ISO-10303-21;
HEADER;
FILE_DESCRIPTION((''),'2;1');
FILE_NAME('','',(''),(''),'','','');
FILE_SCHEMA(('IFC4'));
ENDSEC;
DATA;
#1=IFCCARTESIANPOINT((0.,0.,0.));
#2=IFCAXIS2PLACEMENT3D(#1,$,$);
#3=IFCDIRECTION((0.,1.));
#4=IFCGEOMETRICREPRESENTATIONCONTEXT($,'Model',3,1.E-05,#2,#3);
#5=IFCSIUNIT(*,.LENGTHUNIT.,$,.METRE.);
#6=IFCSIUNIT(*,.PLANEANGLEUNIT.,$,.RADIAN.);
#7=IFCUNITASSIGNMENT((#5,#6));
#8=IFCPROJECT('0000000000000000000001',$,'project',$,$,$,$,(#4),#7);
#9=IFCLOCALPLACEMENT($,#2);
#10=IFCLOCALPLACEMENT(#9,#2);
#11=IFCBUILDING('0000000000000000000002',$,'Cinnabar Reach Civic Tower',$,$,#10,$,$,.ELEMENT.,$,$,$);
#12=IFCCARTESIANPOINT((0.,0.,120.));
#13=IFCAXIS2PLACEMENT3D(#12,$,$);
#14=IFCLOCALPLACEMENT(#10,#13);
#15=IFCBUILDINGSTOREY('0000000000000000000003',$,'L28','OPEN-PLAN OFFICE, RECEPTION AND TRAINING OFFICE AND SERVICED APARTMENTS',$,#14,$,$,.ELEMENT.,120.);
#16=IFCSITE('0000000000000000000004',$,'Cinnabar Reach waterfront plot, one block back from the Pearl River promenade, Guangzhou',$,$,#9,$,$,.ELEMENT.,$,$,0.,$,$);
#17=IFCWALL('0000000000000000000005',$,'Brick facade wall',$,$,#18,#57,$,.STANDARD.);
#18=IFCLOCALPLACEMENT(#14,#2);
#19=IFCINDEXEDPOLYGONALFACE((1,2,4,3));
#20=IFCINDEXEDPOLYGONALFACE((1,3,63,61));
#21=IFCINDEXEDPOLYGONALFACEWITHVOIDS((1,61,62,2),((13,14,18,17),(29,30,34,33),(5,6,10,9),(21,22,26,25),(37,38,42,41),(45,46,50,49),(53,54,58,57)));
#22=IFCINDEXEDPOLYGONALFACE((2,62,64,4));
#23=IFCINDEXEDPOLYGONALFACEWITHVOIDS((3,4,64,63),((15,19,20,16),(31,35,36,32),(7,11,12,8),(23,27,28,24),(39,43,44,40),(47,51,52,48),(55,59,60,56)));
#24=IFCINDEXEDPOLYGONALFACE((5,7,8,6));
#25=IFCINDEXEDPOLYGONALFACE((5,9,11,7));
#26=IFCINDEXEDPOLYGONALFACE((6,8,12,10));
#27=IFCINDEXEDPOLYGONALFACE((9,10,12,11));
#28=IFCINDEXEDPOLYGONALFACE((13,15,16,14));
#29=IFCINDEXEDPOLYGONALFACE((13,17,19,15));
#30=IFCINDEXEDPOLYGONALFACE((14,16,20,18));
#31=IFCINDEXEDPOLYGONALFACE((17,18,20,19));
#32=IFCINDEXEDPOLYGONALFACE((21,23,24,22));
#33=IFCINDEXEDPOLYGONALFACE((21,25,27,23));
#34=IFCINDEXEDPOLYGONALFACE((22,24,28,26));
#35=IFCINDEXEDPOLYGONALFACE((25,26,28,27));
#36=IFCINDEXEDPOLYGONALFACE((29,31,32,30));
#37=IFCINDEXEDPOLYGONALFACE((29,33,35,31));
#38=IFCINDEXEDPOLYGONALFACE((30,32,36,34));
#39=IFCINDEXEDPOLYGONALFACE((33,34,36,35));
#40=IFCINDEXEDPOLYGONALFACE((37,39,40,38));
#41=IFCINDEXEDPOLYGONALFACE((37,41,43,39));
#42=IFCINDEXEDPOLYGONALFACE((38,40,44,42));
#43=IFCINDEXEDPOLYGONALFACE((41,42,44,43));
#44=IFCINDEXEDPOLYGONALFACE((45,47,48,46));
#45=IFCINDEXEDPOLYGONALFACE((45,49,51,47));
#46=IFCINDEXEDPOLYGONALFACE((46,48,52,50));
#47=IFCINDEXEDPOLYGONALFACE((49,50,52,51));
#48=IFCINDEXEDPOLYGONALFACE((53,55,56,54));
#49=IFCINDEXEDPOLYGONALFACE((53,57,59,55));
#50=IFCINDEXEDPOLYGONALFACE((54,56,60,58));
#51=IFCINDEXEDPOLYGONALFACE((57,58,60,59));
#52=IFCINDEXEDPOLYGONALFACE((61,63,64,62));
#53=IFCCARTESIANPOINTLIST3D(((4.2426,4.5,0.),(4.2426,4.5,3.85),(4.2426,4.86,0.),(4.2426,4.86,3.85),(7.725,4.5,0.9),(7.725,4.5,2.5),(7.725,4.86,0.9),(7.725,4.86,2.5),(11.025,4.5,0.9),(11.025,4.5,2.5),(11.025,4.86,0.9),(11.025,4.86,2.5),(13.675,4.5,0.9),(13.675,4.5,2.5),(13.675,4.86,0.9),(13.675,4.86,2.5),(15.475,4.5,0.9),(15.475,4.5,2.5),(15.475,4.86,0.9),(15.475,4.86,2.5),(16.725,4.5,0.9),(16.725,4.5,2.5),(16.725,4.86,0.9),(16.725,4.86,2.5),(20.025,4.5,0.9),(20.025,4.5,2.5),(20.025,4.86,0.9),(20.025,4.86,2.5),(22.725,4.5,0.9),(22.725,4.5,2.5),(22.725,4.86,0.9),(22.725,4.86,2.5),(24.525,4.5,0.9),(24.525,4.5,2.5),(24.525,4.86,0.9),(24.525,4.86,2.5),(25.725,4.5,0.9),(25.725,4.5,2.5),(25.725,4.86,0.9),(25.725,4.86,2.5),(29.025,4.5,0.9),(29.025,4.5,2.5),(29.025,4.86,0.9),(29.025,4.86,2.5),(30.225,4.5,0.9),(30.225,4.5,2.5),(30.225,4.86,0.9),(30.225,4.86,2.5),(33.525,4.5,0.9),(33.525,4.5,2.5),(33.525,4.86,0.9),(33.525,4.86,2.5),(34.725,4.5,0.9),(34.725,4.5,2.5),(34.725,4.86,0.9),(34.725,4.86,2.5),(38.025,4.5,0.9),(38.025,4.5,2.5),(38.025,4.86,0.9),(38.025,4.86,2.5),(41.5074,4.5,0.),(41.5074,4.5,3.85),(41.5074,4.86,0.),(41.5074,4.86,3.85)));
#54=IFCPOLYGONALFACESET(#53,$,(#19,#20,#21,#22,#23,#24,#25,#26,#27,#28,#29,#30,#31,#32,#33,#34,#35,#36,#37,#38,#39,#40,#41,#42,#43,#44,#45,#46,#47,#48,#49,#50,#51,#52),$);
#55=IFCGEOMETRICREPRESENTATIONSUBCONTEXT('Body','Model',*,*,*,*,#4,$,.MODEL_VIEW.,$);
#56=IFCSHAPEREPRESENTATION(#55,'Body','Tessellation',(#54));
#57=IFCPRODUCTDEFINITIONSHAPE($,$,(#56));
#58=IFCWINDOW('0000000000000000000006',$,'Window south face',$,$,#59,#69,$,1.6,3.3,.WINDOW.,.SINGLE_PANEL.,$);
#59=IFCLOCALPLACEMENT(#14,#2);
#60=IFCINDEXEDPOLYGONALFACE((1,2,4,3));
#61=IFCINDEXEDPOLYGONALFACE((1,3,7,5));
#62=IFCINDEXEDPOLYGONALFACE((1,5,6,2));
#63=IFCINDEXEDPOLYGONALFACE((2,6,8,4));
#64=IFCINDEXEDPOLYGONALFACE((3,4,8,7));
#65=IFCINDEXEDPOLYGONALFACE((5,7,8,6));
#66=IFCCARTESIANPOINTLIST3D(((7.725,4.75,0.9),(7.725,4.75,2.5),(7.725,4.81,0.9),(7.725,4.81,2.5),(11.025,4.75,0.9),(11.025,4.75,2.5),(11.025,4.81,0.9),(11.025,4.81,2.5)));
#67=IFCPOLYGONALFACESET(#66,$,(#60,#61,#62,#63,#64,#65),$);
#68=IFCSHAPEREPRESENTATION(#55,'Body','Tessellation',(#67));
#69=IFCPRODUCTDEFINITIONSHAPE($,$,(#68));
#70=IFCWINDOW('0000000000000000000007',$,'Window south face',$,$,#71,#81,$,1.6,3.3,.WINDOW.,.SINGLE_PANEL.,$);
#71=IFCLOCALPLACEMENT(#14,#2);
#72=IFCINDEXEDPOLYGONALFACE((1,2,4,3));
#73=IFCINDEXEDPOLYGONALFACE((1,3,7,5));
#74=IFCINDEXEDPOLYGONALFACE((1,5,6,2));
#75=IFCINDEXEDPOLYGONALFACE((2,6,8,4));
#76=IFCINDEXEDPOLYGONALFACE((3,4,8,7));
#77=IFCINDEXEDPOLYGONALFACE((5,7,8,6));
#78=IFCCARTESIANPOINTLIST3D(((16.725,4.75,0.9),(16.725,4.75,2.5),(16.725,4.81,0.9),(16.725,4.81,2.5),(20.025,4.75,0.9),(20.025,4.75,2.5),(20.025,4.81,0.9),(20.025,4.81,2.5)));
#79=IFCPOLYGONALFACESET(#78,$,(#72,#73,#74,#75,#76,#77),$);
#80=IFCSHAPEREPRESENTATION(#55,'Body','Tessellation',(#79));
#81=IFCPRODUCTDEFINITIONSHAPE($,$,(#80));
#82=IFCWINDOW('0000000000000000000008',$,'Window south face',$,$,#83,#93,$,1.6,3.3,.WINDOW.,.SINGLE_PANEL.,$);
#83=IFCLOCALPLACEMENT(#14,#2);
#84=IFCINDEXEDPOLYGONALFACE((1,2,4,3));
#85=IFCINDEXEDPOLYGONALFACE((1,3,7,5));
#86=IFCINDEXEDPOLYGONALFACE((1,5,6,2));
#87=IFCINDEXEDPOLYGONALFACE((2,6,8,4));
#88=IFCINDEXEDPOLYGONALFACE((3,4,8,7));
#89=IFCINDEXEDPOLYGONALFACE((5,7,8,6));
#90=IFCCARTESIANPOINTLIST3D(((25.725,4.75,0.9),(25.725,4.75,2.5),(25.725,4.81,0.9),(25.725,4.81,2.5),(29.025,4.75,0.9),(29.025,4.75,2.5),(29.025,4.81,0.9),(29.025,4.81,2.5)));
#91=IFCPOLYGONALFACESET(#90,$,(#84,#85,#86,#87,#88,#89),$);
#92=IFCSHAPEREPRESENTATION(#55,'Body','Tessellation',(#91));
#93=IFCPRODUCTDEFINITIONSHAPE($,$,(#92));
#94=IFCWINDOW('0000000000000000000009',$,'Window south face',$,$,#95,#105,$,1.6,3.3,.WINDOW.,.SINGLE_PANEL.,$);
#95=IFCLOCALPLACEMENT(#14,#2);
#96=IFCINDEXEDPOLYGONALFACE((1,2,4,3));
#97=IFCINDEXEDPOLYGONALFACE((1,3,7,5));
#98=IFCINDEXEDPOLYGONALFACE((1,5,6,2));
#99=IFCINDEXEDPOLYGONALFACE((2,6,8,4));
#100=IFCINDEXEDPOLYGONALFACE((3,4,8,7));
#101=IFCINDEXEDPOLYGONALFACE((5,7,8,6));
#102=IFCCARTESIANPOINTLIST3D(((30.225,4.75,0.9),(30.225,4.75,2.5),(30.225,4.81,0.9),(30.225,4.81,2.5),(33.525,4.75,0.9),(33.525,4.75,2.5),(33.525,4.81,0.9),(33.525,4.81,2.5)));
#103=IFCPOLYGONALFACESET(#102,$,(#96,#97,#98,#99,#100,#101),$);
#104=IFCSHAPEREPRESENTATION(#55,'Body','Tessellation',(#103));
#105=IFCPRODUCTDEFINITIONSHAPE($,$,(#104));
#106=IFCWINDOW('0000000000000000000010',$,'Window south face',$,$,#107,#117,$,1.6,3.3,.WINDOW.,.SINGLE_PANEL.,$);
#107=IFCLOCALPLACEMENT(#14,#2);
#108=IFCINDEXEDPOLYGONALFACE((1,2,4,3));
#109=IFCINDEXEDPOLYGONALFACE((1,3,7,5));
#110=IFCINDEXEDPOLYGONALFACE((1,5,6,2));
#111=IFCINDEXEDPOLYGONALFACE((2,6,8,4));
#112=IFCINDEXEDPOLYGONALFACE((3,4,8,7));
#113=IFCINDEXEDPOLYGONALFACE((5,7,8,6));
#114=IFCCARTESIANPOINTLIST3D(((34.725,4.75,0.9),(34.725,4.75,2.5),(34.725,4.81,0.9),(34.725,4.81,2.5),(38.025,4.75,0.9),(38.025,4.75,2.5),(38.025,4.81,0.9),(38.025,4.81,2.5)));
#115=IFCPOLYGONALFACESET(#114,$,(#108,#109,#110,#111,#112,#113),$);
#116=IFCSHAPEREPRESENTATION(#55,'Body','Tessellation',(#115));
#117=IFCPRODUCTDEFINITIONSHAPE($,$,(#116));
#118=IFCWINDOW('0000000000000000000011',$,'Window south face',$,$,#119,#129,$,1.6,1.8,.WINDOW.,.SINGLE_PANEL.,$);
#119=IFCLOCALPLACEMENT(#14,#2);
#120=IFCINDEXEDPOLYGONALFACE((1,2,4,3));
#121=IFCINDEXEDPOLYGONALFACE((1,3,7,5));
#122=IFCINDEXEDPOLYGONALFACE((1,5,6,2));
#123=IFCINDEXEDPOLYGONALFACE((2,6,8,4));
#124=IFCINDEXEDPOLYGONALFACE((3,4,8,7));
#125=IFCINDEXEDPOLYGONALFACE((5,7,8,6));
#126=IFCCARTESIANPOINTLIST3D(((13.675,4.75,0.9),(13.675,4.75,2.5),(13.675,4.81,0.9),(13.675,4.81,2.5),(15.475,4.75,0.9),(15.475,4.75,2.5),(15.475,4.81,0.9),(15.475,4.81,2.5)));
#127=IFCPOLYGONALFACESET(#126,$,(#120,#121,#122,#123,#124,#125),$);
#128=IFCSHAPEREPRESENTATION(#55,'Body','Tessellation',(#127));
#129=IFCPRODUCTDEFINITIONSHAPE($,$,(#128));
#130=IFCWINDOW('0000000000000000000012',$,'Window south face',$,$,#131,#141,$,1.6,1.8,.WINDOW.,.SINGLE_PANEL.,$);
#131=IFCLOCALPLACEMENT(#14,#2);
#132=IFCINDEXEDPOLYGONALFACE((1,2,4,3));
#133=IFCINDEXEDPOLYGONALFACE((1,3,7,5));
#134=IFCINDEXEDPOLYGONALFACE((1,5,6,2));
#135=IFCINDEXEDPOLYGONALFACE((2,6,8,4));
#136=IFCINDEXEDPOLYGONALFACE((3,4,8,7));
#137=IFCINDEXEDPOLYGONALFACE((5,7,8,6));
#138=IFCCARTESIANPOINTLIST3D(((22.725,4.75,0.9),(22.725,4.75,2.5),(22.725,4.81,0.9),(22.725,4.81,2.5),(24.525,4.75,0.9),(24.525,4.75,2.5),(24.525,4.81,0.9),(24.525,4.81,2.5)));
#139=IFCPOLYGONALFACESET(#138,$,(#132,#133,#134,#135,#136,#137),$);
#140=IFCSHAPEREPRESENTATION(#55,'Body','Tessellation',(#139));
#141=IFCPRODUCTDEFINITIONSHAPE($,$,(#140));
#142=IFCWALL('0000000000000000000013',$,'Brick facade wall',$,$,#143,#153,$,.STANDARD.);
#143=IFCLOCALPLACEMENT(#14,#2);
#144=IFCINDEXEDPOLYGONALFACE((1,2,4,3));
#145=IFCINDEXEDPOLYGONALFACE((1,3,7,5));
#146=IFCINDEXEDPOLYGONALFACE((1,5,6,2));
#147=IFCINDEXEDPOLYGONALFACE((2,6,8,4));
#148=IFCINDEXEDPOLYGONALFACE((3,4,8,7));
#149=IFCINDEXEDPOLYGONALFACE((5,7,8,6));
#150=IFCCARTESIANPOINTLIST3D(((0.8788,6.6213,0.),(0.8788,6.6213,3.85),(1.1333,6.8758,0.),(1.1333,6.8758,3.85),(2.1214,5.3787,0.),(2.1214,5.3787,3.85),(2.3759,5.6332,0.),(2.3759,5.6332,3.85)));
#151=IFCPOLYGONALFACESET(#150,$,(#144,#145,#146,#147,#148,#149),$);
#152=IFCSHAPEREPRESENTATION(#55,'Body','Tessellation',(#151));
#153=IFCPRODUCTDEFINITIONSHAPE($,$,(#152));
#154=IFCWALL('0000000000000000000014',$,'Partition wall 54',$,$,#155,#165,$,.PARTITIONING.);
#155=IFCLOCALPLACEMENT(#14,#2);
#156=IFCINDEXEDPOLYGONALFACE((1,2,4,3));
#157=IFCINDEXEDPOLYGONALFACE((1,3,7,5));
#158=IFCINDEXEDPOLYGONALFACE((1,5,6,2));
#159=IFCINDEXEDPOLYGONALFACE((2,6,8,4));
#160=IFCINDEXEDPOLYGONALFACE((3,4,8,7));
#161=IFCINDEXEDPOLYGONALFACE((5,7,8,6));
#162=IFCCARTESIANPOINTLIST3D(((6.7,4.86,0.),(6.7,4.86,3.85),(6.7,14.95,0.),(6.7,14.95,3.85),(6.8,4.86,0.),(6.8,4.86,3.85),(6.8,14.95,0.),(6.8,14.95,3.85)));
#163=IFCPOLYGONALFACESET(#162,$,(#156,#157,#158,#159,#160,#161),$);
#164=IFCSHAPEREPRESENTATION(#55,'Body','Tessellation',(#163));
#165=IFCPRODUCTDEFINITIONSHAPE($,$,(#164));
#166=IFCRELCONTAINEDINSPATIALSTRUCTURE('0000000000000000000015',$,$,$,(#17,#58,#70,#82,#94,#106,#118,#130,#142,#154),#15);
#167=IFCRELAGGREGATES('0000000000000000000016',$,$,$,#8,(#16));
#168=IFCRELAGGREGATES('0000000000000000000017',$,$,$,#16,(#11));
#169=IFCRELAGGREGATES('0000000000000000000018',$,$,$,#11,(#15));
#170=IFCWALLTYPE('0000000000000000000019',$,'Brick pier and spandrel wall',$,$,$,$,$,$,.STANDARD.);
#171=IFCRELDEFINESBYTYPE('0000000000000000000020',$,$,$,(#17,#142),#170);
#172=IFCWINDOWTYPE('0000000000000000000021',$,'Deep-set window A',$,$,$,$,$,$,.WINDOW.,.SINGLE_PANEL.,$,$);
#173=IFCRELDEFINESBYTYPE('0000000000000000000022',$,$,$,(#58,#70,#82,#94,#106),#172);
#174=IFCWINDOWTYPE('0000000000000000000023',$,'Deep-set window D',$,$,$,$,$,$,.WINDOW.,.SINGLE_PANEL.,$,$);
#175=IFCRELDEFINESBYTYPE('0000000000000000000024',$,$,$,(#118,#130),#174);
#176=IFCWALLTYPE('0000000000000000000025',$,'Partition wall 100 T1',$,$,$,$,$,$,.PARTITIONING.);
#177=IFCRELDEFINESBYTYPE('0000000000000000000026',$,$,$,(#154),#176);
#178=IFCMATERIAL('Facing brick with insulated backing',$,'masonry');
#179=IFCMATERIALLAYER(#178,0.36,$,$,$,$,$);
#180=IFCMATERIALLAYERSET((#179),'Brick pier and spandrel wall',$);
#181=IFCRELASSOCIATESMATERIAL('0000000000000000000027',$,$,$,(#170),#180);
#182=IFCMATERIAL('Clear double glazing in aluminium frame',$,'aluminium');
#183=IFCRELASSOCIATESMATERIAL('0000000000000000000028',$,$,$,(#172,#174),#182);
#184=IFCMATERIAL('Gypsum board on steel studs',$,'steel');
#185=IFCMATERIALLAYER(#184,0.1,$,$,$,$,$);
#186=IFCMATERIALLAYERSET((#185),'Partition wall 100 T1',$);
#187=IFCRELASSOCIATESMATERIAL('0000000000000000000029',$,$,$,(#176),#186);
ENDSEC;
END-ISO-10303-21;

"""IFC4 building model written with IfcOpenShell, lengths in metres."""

from ifc_helpers import new_model, si_unit, direction, frame, frame_2d, origin, place, context, subcontext, project, spatial, rectangle, extrude, material, layer, layer_set, type_object, element, fill, save


model = new_model("IFC4")

# Units and contexts
model_context = context("Model", 3, precision=1e-05, world=origin(), true_north=direction((0.0, 1.0)))
body_context = subcontext(model_context, "Body", "Model", "MODEL_VIEW")
ifc_project = project(units=[si_unit("LENGTHUNIT", "METRE"), si_unit("PLANEANGLEUNIT", "RADIAN")], contexts=[model_context])

# Site, building, storey
site_placement = place(None, origin())
site = spatial("IfcSite", under=ifc_project, at=site_placement, Name="Cinnabar Reach waterfront plot, one block back from the Pearl River promenade, Guangzhou", CompositionType="ELEMENT", RefElevation=0.0)
building_placement = place(site_placement, origin())
building = spatial("IfcBuilding", under=site, at=building_placement, Name="Cinnabar Reach Civic Tower", CompositionType="ELEMENT")
storey_placement = place(building_placement, frame((0.0, 0.0, 120.0)))
storey = spatial("IfcBuildingStorey", under=building, at=storey_placement, Name="L28", Description="OPEN-PLAN OFFICE, RECEPTION AND TRAINING OFFICE AND SERVICED APARTMENTS", CompositionType="ELEMENT", Elevation=120.0)

# Shared definitions
ifc_material_1 = material(Name="Facing brick with insulated backing", Category="masonry")

# Wall, openings, windows
ifc_layer_1 = layer(ifc_material_1, 0.36)
ifc_layer_set_1 = layer_set([ifc_layer_1], Name="Brick pier and spandrel wall")
wall_type_1 = type_object("IfcWallType", Name="Brick pier and spandrel wall", PredefinedType="STANDARD", material=ifc_layer_set_1)
wall_1_placement = place(storey_placement, frame((4.2426, 4.68, 0.0), z_axis=(0.0, 0.0, 1.0), x_axis=(1.0, 0.0, 0.0)))
wall_1 = element("IfcWall", 1, at=wall_1_placement, inside=storey, type_object=wall_type_1, Name="Brick facade wall", PredefinedType="STANDARD", context=body_context, shape_type="SweptSolid", body=[
    extrude(rectangle(XDim=37.2648, YDim=0.36, at=frame_2d((18.6324, 0.0))), origin(), (0.0, 0.0, 1.0), 3.85),
])
opening_1_placement = place(wall_1_placement, frame((3.4824, 0.0, 0.9)))
opening_1 = element("IfcOpeningElement", 2, at=opening_1_placement, cuts=wall_1, PredefinedType="OPENING", context=body_context, shape_type="SweptSolid", body=[
    extrude(rectangle(XDim=3.3, YDim=1.6, at=frame_2d((1.65, 0.8))), frame((0.0, 0.19, 0.0), z_axis=(0.0, -1.0, 0.0), x_axis=(1.0, 0.0, 0.0)), (0.0, 0.0, 1.0), 0.38),
])
opening_2_placement = place(wall_1_placement, frame((9.4324, 0.0, 0.9)))
opening_2 = element("IfcOpeningElement", 3, at=opening_2_placement, cuts=wall_1, PredefinedType="OPENING", context=body_context, shape_type="SweptSolid", body=[
    extrude(rectangle(XDim=1.8, YDim=1.6, at=frame_2d((0.9, 0.8))), frame((0.0, 0.19, 0.0), z_axis=(0.0, -1.0, 0.0), x_axis=(1.0, 0.0, 0.0)), (0.0, 0.0, 1.0), 0.38),
])
opening_3_placement = place(wall_1_placement, frame((12.4824, 0.0, 0.9)))
opening_3 = element("IfcOpeningElement", 4, at=opening_3_placement, cuts=wall_1, PredefinedType="OPENING", context=body_context, shape_type="SweptSolid", body=[
    extrude(rectangle(XDim=3.3, YDim=1.6, at=frame_2d((1.65, 0.8))), frame((0.0, 0.19, 0.0), z_axis=(0.0, -1.0, 0.0), x_axis=(1.0, 0.0, 0.0)), (0.0, 0.0, 1.0), 0.38),
])
opening_4_placement = place(wall_1_placement, frame((18.4824, 0.0, 0.9)))
opening_4 = element("IfcOpeningElement", 5, at=opening_4_placement, cuts=wall_1, PredefinedType="OPENING", context=body_context, shape_type="SweptSolid", body=[
    extrude(rectangle(XDim=1.8, YDim=1.6, at=frame_2d((0.9, 0.8))), frame((0.0, 0.19, 0.0), z_axis=(0.0, -1.0, 0.0), x_axis=(1.0, 0.0, 0.0)), (0.0, 0.0, 1.0), 0.38),
])
opening_5_placement = place(wall_1_placement, frame((21.4824, 0.0, 0.9)))
opening_5 = element("IfcOpeningElement", 6, at=opening_5_placement, cuts=wall_1, PredefinedType="OPENING", context=body_context, shape_type="SweptSolid", body=[
    extrude(rectangle(XDim=3.3, YDim=1.6, at=frame_2d((1.65, 0.8))), frame((0.0, 0.19, 0.0), z_axis=(0.0, -1.0, 0.0), x_axis=(1.0, 0.0, 0.0)), (0.0, 0.0, 1.0), 0.38),
])
opening_6_placement = place(wall_1_placement, frame((25.9824, 0.0, 0.9)))
opening_6 = element("IfcOpeningElement", 7, at=opening_6_placement, cuts=wall_1, PredefinedType="OPENING", context=body_context, shape_type="SweptSolid", body=[
    extrude(rectangle(XDim=3.3, YDim=1.6, at=frame_2d((1.65, 0.8))), frame((0.0, 0.19, 0.0), z_axis=(0.0, -1.0, 0.0), x_axis=(1.0, 0.0, 0.0)), (0.0, 0.0, 1.0), 0.38),
])
opening_7_placement = place(wall_1_placement, frame((30.4824, 0.0, 0.9)))
opening_7 = element("IfcOpeningElement", 8, at=opening_7_placement, cuts=wall_1, PredefinedType="OPENING", context=body_context, shape_type="SweptSolid", body=[
    extrude(rectangle(XDim=3.3, YDim=1.6, at=frame_2d((1.65, 0.8))), frame((0.0, 0.19, 0.0), z_axis=(0.0, -1.0, 0.0), x_axis=(1.0, 0.0, 0.0)), (0.0, 0.0, 1.0), 0.38),
])
ifc_material_2 = material(Name="Clear double glazing in aluminium frame", Category="aluminium")
window_type_1 = type_object("IfcWindowType", Name="Deep-set window A", PartitioningType="SINGLE_PANEL", PredefinedType="WINDOW", material=ifc_material_2)
window_1_placement = place(opening_1_placement, origin())
window_1 = element("IfcWindow", 9, at=window_1_placement, inside=storey, type_object=window_type_1, Name="Window south face", OverallHeight=1.6, OverallWidth=3.3, PartitioningType="SINGLE_PANEL", PredefinedType="WINDOW", context=body_context, shape_type="SweptSolid", body=[
    extrude(rectangle(XDim=3.3, YDim=1.6, at=frame_2d((1.65, 0.8))), frame((0.0, 0.13, 0.0), z_axis=(0.0, -1.0, 0.0), x_axis=(1.0, 0.0, 0.0)), (0.0, 0.0, 1.0), 0.06),
])
fill(opening_1, window_1)
window_2_placement = place(opening_3_placement, origin())
window_2 = element("IfcWindow", 10, at=window_2_placement, inside=storey, type_object=window_type_1, Name="Window south face", OverallHeight=1.6, OverallWidth=3.3, PartitioningType="SINGLE_PANEL", PredefinedType="WINDOW", context=body_context, shape_type="SweptSolid", body=[
    extrude(rectangle(XDim=3.3, YDim=1.6, at=frame_2d((1.65, 0.8))), frame((0.0, 0.13, 0.0), z_axis=(0.0, -1.0, 0.0), x_axis=(1.0, 0.0, 0.0)), (0.0, 0.0, 1.0), 0.06),
])
fill(opening_3, window_2)
window_3_placement = place(opening_5_placement, origin())
window_3 = element("IfcWindow", 11, at=window_3_placement, inside=storey, type_object=window_type_1, Name="Window south face", OverallHeight=1.6, OverallWidth=3.3, PartitioningType="SINGLE_PANEL", PredefinedType="WINDOW", context=body_context, shape_type="SweptSolid", body=[
    extrude(rectangle(XDim=3.3, YDim=1.6, at=frame_2d((1.65, 0.8))), frame((0.0, 0.13, 0.0), z_axis=(0.0, -1.0, 0.0), x_axis=(1.0, 0.0, 0.0)), (0.0, 0.0, 1.0), 0.06),
])
fill(opening_5, window_3)
window_4_placement = place(opening_6_placement, origin())
window_4 = element("IfcWindow", 12, at=window_4_placement, inside=storey, type_object=window_type_1, Name="Window south face", OverallHeight=1.6, OverallWidth=3.3, PartitioningType="SINGLE_PANEL", PredefinedType="WINDOW", context=body_context, shape_type="SweptSolid", body=[
    extrude(rectangle(XDim=3.3, YDim=1.6, at=frame_2d((1.65, 0.8))), frame((0.0, 0.13, 0.0), z_axis=(0.0, -1.0, 0.0), x_axis=(1.0, 0.0, 0.0)), (0.0, 0.0, 1.0), 0.06),
])
fill(opening_6, window_4)
window_5_placement = place(opening_7_placement, origin())
window_5 = element("IfcWindow", 13, at=window_5_placement, inside=storey, type_object=window_type_1, Name="Window south face", OverallHeight=1.6, OverallWidth=3.3, PartitioningType="SINGLE_PANEL", PredefinedType="WINDOW", context=body_context, shape_type="SweptSolid", body=[
    extrude(rectangle(XDim=3.3, YDim=1.6, at=frame_2d((1.65, 0.8))), frame((0.0, 0.13, 0.0), z_axis=(0.0, -1.0, 0.0), x_axis=(1.0, 0.0, 0.0)), (0.0, 0.0, 1.0), 0.06),
])
fill(opening_7, window_5)
window_type_2 = type_object("IfcWindowType", Name="Deep-set window D", PartitioningType="SINGLE_PANEL", PredefinedType="WINDOW", material=ifc_material_2)
window_6_placement = place(opening_2_placement, origin())
window_6 = element("IfcWindow", 14, at=window_6_placement, inside=storey, type_object=window_type_2, Name="Window south face", OverallHeight=1.6, OverallWidth=1.8, PartitioningType="SINGLE_PANEL", PredefinedType="WINDOW", context=body_context, shape_type="SweptSolid", body=[
    extrude(rectangle(XDim=1.8, YDim=1.6, at=frame_2d((0.9, 0.8))), frame((0.0, 0.13, 0.0), z_axis=(0.0, -1.0, 0.0), x_axis=(1.0, 0.0, 0.0)), (0.0, 0.0, 1.0), 0.06),
])
fill(opening_2, window_6)
window_7_placement = place(opening_4_placement, origin())
window_7 = element("IfcWindow", 15, at=window_7_placement, inside=storey, type_object=window_type_2, Name="Window south face", OverallHeight=1.6, OverallWidth=1.8, PartitioningType="SINGLE_PANEL", PredefinedType="WINDOW", context=body_context, shape_type="SweptSolid", body=[
    extrude(rectangle(XDim=1.8, YDim=1.6, at=frame_2d((0.9, 0.8))), frame((0.0, 0.13, 0.0), z_axis=(0.0, -1.0, 0.0), x_axis=(1.0, 0.0, 0.0)), (0.0, 0.0, 1.0), 0.06),
])
fill(opening_4, window_7)

# Walls
wall_2_placement = place(storey_placement, frame((1.006, 6.7486, 0.0), z_axis=(0.0, 0.0, 1.0), x_axis=(0.707107, -0.707107, 0.0)))
element("IfcWall", 16, at=wall_2_placement, inside=storey, type_object=wall_type_1, Name="Brick facade wall", PredefinedType="STANDARD", context=body_context, shape_type="SweptSolid", body=[
    extrude(rectangle(XDim=1.7573, YDim=0.36, at=frame_2d((0.8787, 0.0))), origin(), (0.0, 0.0, 1.0), 3.85),
])
ifc_material_3 = material(Name="Gypsum board on steel studs", Category="steel")
ifc_layer_2 = layer(ifc_material_3, 0.1)
ifc_layer_set_2 = layer_set([ifc_layer_2], Name="Partition wall 100 T1")
wall_type_2 = type_object("IfcWallType", Name="Partition wall 100 T1", PredefinedType="PARTITIONING", material=ifc_layer_set_2)
wall_3_placement = place(storey_placement, frame((6.75, 4.86, 0.0), z_axis=(0.0, 0.0, 1.0), x_axis=(0.0, 1.0, 0.0)))
element("IfcWall", 17, at=wall_3_placement, inside=storey, type_object=wall_type_2, Name="Partition wall 54", PredefinedType="PARTITIONING", context=body_context, shape_type="SweptSolid", body=[
    extrude(rectangle(XDim=10.09, YDim=0.1, at=frame_2d((5.045, 0.0))), origin(), (0.0, 0.0, 1.0), 3.85),
])

save(model, "model.ifc")
